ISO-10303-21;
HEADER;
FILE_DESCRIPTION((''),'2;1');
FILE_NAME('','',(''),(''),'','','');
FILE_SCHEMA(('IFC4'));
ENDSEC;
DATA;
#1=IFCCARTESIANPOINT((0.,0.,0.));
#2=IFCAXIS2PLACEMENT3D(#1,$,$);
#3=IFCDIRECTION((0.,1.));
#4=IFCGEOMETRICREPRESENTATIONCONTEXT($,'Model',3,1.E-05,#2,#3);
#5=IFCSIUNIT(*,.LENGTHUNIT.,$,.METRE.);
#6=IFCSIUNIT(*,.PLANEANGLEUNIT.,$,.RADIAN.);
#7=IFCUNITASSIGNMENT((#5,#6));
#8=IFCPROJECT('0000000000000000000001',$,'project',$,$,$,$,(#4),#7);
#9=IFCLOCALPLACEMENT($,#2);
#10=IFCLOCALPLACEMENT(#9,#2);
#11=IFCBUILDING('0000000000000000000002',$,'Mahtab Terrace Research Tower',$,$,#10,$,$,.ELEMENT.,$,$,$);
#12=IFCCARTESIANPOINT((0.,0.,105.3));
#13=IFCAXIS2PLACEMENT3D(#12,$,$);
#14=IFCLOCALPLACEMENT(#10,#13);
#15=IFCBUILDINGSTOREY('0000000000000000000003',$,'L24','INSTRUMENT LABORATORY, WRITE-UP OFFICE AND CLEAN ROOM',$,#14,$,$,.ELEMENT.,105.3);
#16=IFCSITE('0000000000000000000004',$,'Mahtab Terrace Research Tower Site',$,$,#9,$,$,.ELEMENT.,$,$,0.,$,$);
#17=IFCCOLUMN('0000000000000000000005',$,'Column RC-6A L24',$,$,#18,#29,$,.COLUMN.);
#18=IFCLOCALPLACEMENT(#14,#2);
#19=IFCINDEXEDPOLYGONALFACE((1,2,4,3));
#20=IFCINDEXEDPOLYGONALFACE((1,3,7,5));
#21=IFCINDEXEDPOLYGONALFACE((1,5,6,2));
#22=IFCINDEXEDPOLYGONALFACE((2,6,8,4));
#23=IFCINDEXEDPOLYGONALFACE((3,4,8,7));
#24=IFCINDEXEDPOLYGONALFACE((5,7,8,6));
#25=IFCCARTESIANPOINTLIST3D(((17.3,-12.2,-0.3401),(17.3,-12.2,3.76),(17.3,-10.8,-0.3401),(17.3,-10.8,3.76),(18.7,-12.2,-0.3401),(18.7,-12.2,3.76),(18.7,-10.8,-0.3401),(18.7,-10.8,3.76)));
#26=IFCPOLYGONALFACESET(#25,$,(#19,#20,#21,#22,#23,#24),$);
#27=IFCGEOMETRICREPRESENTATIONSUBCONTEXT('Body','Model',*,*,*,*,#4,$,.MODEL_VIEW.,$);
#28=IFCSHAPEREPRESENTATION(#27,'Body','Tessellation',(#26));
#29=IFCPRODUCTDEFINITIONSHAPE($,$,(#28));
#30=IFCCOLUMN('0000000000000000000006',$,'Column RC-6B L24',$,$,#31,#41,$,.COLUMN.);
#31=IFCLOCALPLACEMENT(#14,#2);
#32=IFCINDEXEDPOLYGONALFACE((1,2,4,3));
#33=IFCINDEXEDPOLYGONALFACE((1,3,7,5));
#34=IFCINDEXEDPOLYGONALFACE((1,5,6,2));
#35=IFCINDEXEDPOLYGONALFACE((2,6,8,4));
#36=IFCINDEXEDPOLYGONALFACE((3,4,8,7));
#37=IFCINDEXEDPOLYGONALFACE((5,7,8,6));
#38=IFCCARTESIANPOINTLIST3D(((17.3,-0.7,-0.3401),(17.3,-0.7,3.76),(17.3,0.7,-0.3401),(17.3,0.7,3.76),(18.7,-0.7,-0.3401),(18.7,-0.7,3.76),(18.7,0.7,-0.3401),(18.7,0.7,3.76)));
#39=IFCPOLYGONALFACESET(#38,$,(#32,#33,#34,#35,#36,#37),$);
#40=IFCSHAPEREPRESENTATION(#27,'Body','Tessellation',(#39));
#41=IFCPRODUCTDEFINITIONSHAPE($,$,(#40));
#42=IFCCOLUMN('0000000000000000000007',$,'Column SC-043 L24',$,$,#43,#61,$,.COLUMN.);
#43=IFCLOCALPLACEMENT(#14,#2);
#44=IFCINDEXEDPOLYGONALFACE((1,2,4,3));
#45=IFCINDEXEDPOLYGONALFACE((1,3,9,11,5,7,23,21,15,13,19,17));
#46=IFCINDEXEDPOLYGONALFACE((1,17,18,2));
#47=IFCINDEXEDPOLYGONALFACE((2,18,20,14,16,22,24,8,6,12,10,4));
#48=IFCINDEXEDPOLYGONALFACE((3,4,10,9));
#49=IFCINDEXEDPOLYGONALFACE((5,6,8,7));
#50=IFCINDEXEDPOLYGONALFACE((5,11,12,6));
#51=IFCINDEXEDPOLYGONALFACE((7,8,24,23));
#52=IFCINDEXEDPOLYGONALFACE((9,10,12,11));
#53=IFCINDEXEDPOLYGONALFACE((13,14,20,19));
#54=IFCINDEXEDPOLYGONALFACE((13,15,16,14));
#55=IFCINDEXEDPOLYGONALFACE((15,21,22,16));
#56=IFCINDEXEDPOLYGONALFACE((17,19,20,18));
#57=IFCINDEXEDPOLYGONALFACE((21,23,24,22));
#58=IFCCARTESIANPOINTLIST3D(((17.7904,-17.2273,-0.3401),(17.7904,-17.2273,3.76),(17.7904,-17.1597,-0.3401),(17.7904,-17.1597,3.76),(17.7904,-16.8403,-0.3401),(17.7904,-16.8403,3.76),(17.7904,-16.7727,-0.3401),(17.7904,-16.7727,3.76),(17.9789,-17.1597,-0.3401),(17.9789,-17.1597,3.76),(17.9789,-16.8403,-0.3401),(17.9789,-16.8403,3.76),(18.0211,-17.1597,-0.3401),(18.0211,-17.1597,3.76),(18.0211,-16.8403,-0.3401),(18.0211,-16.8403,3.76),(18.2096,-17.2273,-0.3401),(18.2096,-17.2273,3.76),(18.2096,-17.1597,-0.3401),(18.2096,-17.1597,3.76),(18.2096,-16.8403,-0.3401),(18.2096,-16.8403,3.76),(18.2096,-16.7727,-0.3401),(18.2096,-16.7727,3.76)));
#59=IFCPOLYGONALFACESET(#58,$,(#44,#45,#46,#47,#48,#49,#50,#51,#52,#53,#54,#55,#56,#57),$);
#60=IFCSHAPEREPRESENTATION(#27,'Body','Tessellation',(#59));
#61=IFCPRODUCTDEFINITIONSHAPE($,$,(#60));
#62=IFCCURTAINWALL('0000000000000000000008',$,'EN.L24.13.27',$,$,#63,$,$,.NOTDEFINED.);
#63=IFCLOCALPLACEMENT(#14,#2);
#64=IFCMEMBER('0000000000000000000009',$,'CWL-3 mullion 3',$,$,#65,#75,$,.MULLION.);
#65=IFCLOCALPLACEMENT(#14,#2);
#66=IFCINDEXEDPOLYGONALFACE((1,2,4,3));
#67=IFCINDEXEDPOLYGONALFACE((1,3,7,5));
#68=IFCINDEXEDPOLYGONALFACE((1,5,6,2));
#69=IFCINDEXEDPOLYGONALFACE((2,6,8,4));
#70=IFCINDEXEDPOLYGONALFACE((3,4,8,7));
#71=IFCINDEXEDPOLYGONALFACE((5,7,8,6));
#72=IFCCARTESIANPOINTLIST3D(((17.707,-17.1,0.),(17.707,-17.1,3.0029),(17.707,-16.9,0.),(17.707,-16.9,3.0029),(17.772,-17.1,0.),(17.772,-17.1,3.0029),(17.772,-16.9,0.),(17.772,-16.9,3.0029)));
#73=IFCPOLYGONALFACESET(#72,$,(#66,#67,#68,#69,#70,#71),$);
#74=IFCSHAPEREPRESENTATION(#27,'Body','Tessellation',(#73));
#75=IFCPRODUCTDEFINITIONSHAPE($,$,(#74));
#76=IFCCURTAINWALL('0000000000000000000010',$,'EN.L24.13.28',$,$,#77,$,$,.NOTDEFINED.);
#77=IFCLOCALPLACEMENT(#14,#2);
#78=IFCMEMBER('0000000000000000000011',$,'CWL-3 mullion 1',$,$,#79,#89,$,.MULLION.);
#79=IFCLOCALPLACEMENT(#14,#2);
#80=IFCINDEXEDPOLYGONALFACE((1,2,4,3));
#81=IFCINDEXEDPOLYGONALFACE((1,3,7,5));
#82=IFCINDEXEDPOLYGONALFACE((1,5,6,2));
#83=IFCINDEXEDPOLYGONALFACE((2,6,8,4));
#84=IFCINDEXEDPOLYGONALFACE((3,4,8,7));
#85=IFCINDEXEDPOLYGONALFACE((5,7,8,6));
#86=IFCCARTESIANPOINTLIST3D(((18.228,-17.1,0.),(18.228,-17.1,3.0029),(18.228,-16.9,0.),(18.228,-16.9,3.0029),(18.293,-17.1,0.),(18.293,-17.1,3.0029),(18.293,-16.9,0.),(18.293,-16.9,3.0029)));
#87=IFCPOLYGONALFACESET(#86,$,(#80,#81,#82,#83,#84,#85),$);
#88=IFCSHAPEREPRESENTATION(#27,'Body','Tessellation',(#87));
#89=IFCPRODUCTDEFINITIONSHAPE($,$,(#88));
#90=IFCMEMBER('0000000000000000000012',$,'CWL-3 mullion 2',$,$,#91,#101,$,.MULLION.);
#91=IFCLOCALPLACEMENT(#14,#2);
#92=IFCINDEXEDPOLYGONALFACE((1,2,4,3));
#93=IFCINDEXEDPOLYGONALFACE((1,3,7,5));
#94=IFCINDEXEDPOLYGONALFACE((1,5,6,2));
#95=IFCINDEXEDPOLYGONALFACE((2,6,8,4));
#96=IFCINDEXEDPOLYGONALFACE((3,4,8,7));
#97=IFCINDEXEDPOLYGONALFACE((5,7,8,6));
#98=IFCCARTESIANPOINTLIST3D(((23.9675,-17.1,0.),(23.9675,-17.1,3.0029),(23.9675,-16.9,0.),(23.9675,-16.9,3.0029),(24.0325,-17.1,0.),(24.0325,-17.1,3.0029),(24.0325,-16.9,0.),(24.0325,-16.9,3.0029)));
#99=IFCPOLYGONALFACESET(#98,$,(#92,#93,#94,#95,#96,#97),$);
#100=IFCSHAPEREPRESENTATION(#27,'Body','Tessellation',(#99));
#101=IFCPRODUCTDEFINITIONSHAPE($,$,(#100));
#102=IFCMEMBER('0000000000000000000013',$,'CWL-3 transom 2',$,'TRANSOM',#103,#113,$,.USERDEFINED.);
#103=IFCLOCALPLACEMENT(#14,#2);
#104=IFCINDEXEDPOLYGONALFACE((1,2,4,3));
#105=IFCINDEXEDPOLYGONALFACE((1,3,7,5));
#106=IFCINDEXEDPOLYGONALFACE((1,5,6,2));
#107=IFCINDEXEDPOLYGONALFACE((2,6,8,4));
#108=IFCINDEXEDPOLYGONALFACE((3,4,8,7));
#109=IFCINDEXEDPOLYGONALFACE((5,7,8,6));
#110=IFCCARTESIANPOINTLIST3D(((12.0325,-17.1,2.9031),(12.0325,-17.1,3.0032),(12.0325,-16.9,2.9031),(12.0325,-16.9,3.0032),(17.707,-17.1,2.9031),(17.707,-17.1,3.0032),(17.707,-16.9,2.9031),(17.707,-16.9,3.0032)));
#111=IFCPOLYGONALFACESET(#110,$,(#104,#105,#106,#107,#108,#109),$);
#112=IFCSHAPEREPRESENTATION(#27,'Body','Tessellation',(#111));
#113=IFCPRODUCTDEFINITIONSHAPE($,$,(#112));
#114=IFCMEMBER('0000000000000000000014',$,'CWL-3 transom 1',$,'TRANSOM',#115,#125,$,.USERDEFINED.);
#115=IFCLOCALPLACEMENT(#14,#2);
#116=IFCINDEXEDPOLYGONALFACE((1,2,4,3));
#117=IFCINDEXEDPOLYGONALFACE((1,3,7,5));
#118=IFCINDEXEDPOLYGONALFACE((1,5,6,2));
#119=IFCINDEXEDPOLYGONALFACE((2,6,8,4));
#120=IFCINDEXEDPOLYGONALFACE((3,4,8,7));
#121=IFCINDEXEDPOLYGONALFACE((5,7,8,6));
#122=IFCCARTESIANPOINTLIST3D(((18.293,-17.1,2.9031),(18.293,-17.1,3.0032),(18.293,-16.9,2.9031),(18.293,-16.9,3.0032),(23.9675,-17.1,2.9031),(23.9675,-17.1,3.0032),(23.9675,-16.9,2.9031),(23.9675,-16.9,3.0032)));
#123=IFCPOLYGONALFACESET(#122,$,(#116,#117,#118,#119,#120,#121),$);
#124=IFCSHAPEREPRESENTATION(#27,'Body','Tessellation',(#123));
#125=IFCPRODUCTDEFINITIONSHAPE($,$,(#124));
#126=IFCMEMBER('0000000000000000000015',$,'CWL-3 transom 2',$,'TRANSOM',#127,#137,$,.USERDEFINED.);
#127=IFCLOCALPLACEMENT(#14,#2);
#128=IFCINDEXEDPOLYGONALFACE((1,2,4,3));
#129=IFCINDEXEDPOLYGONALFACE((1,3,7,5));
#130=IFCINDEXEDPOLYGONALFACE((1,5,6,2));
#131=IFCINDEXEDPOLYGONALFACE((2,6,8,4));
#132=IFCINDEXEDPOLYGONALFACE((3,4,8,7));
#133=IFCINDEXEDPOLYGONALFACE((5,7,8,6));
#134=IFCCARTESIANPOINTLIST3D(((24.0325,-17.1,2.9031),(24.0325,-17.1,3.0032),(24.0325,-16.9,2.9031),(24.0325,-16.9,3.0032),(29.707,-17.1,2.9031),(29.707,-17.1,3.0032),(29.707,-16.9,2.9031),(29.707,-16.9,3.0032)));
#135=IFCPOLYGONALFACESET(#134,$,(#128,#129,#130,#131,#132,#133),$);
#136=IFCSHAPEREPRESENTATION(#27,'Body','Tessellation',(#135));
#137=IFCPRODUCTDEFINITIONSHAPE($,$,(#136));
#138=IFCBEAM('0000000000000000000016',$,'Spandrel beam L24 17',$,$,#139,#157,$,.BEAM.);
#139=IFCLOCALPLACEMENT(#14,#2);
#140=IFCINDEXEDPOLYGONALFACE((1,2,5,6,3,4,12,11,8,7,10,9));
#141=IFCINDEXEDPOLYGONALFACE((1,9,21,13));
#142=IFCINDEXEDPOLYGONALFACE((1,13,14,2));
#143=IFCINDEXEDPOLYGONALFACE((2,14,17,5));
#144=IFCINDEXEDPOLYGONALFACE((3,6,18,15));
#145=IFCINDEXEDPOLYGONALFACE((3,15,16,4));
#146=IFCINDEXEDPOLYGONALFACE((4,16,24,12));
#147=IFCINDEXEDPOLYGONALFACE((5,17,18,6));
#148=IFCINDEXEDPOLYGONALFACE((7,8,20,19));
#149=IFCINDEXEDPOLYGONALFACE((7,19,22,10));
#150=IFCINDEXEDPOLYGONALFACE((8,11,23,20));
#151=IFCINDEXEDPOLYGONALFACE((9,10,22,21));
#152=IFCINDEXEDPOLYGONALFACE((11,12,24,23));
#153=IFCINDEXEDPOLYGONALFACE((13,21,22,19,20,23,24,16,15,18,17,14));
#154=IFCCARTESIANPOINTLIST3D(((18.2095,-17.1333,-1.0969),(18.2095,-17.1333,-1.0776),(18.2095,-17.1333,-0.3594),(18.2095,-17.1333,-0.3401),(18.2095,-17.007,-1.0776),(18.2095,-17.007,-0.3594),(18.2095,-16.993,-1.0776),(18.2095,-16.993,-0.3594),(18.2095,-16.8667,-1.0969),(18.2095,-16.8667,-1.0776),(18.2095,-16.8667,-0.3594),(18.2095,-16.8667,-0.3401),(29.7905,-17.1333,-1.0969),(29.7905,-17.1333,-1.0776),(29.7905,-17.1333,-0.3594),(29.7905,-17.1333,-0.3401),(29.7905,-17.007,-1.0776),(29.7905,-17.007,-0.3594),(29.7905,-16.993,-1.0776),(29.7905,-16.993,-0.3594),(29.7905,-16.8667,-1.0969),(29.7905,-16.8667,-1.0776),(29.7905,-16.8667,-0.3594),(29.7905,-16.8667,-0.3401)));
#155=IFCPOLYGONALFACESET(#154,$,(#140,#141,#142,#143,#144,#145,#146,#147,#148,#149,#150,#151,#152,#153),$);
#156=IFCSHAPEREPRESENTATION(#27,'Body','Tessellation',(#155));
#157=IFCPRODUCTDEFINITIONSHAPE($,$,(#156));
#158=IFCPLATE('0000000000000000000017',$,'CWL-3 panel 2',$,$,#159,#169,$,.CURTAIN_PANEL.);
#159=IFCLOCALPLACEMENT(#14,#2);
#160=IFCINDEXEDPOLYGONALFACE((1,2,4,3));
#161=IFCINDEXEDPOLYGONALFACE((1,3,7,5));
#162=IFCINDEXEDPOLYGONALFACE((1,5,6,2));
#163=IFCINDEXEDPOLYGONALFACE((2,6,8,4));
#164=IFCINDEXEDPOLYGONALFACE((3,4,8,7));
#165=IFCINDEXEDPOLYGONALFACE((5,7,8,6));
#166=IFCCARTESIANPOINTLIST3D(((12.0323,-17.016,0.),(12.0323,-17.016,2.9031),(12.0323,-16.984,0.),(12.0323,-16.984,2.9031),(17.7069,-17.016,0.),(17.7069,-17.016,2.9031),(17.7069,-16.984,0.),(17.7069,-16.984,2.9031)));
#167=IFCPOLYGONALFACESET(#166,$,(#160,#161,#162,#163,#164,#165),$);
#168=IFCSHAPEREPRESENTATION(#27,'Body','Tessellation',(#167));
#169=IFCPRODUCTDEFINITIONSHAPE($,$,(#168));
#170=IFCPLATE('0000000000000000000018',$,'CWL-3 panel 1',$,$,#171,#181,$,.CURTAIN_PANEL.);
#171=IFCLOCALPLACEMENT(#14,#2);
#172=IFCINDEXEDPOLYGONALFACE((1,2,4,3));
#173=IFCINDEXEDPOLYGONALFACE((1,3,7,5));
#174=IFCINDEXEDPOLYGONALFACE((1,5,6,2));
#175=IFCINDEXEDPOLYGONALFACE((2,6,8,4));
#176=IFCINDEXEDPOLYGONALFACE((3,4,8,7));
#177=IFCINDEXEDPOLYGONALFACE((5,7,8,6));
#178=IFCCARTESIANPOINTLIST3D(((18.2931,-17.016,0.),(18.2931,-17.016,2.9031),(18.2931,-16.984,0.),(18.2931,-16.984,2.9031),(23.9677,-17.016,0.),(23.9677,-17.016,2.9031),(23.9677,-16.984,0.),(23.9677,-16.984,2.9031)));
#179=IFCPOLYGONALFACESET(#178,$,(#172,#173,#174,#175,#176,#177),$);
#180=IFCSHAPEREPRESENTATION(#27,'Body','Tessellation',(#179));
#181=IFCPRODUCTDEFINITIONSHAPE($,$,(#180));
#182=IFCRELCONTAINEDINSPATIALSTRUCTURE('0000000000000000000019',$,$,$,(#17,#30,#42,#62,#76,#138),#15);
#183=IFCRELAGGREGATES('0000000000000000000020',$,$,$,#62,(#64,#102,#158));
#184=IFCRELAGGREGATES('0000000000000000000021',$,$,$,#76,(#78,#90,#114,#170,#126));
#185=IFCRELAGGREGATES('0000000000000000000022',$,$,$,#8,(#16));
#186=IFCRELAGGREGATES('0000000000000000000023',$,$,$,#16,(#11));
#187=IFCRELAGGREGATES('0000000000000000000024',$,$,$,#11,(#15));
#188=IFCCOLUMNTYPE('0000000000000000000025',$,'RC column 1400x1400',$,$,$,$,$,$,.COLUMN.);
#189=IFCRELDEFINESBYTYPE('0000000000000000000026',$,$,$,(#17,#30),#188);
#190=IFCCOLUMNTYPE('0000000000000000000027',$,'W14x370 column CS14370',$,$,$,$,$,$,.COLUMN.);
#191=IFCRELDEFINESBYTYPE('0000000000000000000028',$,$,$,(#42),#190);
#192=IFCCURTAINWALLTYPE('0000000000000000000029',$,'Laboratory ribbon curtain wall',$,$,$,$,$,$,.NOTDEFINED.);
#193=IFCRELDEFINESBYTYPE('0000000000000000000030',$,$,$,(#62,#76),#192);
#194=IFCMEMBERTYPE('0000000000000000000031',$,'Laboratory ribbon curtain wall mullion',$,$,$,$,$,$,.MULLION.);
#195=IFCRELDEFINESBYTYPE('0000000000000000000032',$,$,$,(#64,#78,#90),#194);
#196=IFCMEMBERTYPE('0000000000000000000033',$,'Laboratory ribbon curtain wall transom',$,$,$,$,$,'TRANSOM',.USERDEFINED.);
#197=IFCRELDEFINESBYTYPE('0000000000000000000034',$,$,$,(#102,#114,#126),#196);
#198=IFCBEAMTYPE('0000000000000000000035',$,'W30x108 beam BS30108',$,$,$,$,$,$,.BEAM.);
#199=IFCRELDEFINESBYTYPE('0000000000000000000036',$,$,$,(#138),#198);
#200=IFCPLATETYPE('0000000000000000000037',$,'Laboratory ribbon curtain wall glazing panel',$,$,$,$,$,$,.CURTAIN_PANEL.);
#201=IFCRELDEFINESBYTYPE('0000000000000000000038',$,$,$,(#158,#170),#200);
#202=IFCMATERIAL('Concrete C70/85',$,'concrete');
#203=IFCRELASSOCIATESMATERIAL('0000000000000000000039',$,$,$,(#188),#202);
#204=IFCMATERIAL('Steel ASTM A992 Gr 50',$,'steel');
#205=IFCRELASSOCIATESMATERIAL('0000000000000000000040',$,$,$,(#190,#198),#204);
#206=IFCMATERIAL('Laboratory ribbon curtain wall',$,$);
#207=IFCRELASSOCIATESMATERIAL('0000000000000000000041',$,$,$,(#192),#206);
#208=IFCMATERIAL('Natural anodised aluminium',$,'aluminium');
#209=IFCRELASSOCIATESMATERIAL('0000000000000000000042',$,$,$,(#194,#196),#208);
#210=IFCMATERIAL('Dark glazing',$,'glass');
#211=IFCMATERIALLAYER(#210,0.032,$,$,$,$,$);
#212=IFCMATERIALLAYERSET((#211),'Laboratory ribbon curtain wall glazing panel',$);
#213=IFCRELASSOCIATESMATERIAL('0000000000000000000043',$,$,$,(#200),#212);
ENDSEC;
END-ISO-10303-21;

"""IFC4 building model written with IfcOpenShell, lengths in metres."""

from ifc_helpers import new_model, si_unit, direction, frame, origin, origin_2d, place, context, subcontext, project, spatial, rectangle, i_section, extrude, material, layer, layer_set, material_profile, profile_set, type_object, element, aggregate, save


model = new_model("IFC4")

# Units and contexts
model_context = context("Model", 3, precision=1e-05, world=origin(), true_north=direction((0.0, 1.0)))
body_context = subcontext(model_context, "Body", "Model", "MODEL_VIEW")
ifc_project = project(units=[si_unit("LENGTHUNIT", "METRE"), si_unit("PLANEANGLEUNIT", "RADIAN")], contexts=[model_context])

# Site, building, storey
site_placement = place(None, origin())
site = spatial("IfcSite", under=ifc_project, at=site_placement, Name="Mahtab Terrace Research Tower Site", CompositionType="ELEMENT", RefElevation=0.0)
building_placement = place(site_placement, origin())
building = spatial("IfcBuilding", under=site, at=building_placement, Name="Mahtab Terrace Research Tower", CompositionType="ELEMENT")
storey_placement = place(building_placement, frame((0.0, 0.0, 105.3)))
storey = spatial("IfcBuildingStorey", under=building, at=storey_placement, Name="L24", Description="INSTRUMENT LABORATORY, WRITE-UP OFFICE AND CLEAN ROOM", CompositionType="ELEMENT", Elevation=105.3)

# Columns
ifc_material_1 = material(Name="Concrete C70/85", Category="concrete")
ifc_material_profile_1 = material_profile(ifc_material_1, rectangle(XDim=1.3999, YDim=1.3999, at=origin_2d()), Name="RC column 1400x1400")
ifc_profile_set_1 = profile_set([ifc_material_profile_1], Name="Concrete C70/85")
column_type_1 = type_object("IfcColumnType", Name="RC column 1400x1400", PredefinedType="COLUMN", material=ifc_profile_set_1)
for number, where, z_axis, x_axis, name in (
    (1, (18.0, -11.5, -0.3401), (0.0, 0.0, 1.0), (1.0, 0.0, 0.0), "Column RC-6A L24"),
    (2, (18.0, 0.0, -0.3401), (0.0, 0.0, 1.0), (1.0, 0.0, 0.0), "Column RC-6B L24"),
):
    element("IfcColumn", number, at=place(storey_placement, frame(where, z_axis=z_axis, x_axis=x_axis)), inside=storey, type_object=column_type_1, Name=name, PredefinedType="COLUMN", context=body_context, shape_type="SweptSolid", body=[
        extrude(rectangle(XDim=1.3999, YDim=1.3999, at=origin_2d()), origin(), (0.0, 0.0, 1.0), 4.1001),
    ])
ifc_material_2 = material(Name="Steel ASTM A992 Gr 50", Category="steel")
ifc_material_profile_2 = material_profile(ifc_material_2, i_section(OverallWidth=0.4192, OverallDepth=0.4546, WebThickness=0.0422, FlangeThickness=0.0676, at=origin_2d()), Name="W14X370")
ifc_profile_set_2 = profile_set([ifc_material_profile_2], Name="Steel ASTM A992 Gr 50")
column_type_2 = type_object("IfcColumnType", Name="W14x370 column CS14370", PredefinedType="COLUMN", material=ifc_profile_set_2)
column_placement = place(storey_placement, frame((18.0, -17.0, -0.3401), z_axis=(0.0, 0.0, 1.0), x_axis=(1.0, 0.0, 0.0)))
element("IfcColumn", 3, at=column_placement, inside=storey, type_object=column_type_2, Name="Column SC-043 L24", PredefinedType="COLUMN", context=body_context, shape_type="SweptSolid", body=[
    extrude(i_section(OverallWidth=0.4192, OverallDepth=0.4546, WebThickness=0.0422, FlangeThickness=0.0676, at=origin_2d()), origin(), (0.0, 0.0, 1.0), 4.1001),
])

# Curtain wall, member
ifc_material_3 = material(Name="Laboratory ribbon curtain wall")
curtain_wall_type = type_object("IfcCurtainWallType", Name="Laboratory ribbon curtain wall", PredefinedType="NOTDEFINED", material=ifc_material_3)
curtain_wall_1_placement = place(storey_placement, origin())
curtain_wall_1 = element("IfcCurtainWall", 4, at=curtain_wall_1_placement, inside=storey, type_object=curtain_wall_type, Name="EN.L24.13.27", PredefinedType="NOTDEFINED")
ifc_material_4 = material(Name="Natural anodised aluminium", Category="aluminium")
ifc_material_profile_3 = material_profile(ifc_material_4, rectangle(XDim=0.2, YDim=0.0649, at=origin_2d()), Name="MULLION 65x200")
ifc_profile_set_3 = profile_set([ifc_material_profile_3], Name="Natural anodised aluminium")
member_type_1 = type_object("IfcMemberType", Name="Laboratory ribbon curtain wall mullion", PredefinedType="MULLION", material=ifc_profile_set_3)
member_1_placement = place(storey_placement, frame((17.7395, -17.0, 0.0), z_axis=(0.0, 0.0, 1.0), x_axis=(0.0, 1.0, 0.0)))
member_1 = element("IfcMember", 5, at=member_1_placement, type_object=member_type_1, Name="CWL-3 mullion 3", PredefinedType="MULLION", context=body_context, shape_type="SweptSolid", body=[
    extrude(rectangle(XDim=0.2, YDim=0.0649, at=origin_2d()), origin(), (0.0, 0.0, 1.0), 3.0029),
])

# Curtain wall, members
curtain_wall_2_placement = place(storey_placement, origin())
curtain_wall_2 = element("IfcCurtainWall", 6, at=curtain_wall_2_placement, inside=storey, type_object=curtain_wall_type, Name="EN.L24.13.28", PredefinedType="NOTDEFINED")
member_2_placement = place(storey_placement, frame((18.2605, -17.0, 0.0), z_axis=(0.0, 0.0, 1.0), x_axis=(0.0, 1.0, 0.0)))
member_2 = element("IfcMember", 7, at=member_2_placement, type_object=member_type_1, Name="CWL-3 mullion 1", PredefinedType="MULLION", context=body_context, shape_type="SweptSolid", body=[
    extrude(rectangle(XDim=0.2, YDim=0.0649, at=origin_2d()), origin(), (0.0, 0.0, 1.0), 3.0029),
])
member_3_placement = place(storey_placement, frame((24.0, -17.0, 0.0), z_axis=(0.0, 0.0, 1.0), x_axis=(0.0, 1.0, 0.0)))
member_3 = element("IfcMember", 8, at=member_3_placement, type_object=member_type_1, Name="CWL-3 mullion 2", PredefinedType="MULLION", context=body_context, shape_type="SweptSolid", body=[
    extrude(rectangle(XDim=0.2, YDim=0.0649, at=origin_2d()), origin(), (0.0, 0.0, 1.0), 3.0029),
])

# Members
ifc_material_profile_4 = material_profile(ifc_material_4, rectangle(XDim=0.2, YDim=0.1001, at=origin_2d()), Name="TRANSOM 100x200")
ifc_profile_set_4 = profile_set([ifc_material_profile_4], Name="Natural anodised aluminium")
member_type_2 = type_object("IfcMemberType", Name="Laboratory ribbon curtain wall transom", ElementType="TRANSOM", PredefinedType="USERDEFINED", material=ifc_profile_set_4)
member_4_placement = place(storey_placement, frame((12.0325, -17.0, 2.9531), z_axis=(1.0, 0.0, 0.0), x_axis=(0.0, 1.0, 0.0)))
member_4 = element("IfcMember", 9, at=member_4_placement, type_object=member_type_2, Name="CWL-3 transom 2", ObjectType="TRANSOM", PredefinedType="USERDEFINED", context=body_context, shape_type="SweptSolid", body=[
    extrude(rectangle(XDim=0.2, YDim=0.1001, at=origin_2d()), origin(), (0.0, 0.0, 1.0), 5.6746),
])
member_5_placement = place(storey_placement, frame((18.293, -17.0, 2.9531), z_axis=(1.0, 0.0, 0.0), x_axis=(0.0, 1.0, 0.0)))
member_5 = element("IfcMember", 10, at=member_5_placement, type_object=member_type_2, Name="CWL-3 transom 1", ObjectType="TRANSOM", PredefinedType="USERDEFINED", context=body_context, shape_type="SweptSolid", body=[
    extrude(rectangle(XDim=0.2, YDim=0.1001, at=origin_2d()), origin(), (0.0, 0.0, 1.0), 5.6746),
])
member_6_placement = place(storey_placement, frame((24.0325, -17.0, 2.9531), z_axis=(1.0, 0.0, 0.0), x_axis=(0.0, 1.0, 0.0)))
member_6 = element("IfcMember", 11, at=member_6_placement, type_object=member_type_2, Name="CWL-3 transom 2", ObjectType="TRANSOM", PredefinedType="USERDEFINED", context=body_context, shape_type="SweptSolid", body=[
    extrude(rectangle(XDim=0.2, YDim=0.1001, at=origin_2d()), origin(), (0.0, 0.0, 1.0), 5.6746),
])

# Beam
ifc_material_profile_5 = material_profile(ifc_material_2, i_section(OverallWidth=0.2666, OverallDepth=0.7568, WebThickness=0.0139, FlangeThickness=0.0193, at=origin_2d()), Name="W30X108")
ifc_profile_set_5 = profile_set([ifc_material_profile_5], Name="Steel ASTM A992 Gr 50")
beam_type = type_object("IfcBeamType", Name="W30x108 beam BS30108", PredefinedType="BEAM", material=ifc_profile_set_5)
beam_placement = place(storey_placement, frame((18.2095, -17.0, -0.7185), z_axis=(1.0, 0.0, 0.0), x_axis=(0.0, 1.0, 0.0)))
element("IfcBeam", 12, at=beam_placement, inside=storey, type_object=beam_type, Name="Spandrel beam L24 17", PredefinedType="BEAM", context=body_context, shape_type="SweptSolid", body=[
    extrude(i_section(OverallWidth=0.2666, OverallDepth=0.7568, WebThickness=0.0139, FlangeThickness=0.0193, at=origin_2d()), origin(), (0.0, 0.0, 1.0), 11.5811),
])

# Plates
ifc_material_5 = material(Name="Dark glazing", Category="glass")
ifc_layer_1 = layer(ifc_material_5, 0.032)
ifc_layer_set_1 = layer_set([ifc_layer_1], Name="Laboratory ribbon curtain wall glazing panel")
plate_type = type_object("IfcPlateType", Name="Laboratory ribbon curtain wall glazing panel", PredefinedType="CURTAIN_PANEL", material=ifc_layer_set_1)
plate_1_placement = place(storey_placement, frame((14.8696, -17.0, 0.0), z_axis=(0.0, 0.0, 1.0), x_axis=(1.0, 0.0, 0.0)))
plate_1 = element("IfcPlate", 13, at=plate_1_placement, type_object=plate_type, Name="CWL-3 panel 2", PredefinedType="CURTAIN_PANEL", context=body_context, shape_type="SweptSolid", body=[
    extrude(rectangle(XDim=5.6746, YDim=0.032, at=origin_2d()), origin(), (0.0, 0.0, 1.0), 2.9031),
])
aggregate(curtain_wall_1, [member_1, member_4, plate_1])
plate_2_placement = place(storey_placement, frame((21.1304, -17.0, 0.0), z_axis=(0.0, 0.0, 1.0), x_axis=(1.0, 0.0, 0.0)))
plate_2 = element("IfcPlate", 14, at=plate_2_placement, type_object=plate_type, Name="CWL-3 panel 1", PredefinedType="CURTAIN_PANEL", context=body_context, shape_type="SweptSolid", body=[
    extrude(rectangle(XDim=5.6746, YDim=0.032, at=origin_2d()), origin(), (0.0, 0.0, 1.0), 2.9031),
])
aggregate(curtain_wall_2, [member_2, member_3, member_5, plate_2, member_6])

save(model, "model.ifc")
